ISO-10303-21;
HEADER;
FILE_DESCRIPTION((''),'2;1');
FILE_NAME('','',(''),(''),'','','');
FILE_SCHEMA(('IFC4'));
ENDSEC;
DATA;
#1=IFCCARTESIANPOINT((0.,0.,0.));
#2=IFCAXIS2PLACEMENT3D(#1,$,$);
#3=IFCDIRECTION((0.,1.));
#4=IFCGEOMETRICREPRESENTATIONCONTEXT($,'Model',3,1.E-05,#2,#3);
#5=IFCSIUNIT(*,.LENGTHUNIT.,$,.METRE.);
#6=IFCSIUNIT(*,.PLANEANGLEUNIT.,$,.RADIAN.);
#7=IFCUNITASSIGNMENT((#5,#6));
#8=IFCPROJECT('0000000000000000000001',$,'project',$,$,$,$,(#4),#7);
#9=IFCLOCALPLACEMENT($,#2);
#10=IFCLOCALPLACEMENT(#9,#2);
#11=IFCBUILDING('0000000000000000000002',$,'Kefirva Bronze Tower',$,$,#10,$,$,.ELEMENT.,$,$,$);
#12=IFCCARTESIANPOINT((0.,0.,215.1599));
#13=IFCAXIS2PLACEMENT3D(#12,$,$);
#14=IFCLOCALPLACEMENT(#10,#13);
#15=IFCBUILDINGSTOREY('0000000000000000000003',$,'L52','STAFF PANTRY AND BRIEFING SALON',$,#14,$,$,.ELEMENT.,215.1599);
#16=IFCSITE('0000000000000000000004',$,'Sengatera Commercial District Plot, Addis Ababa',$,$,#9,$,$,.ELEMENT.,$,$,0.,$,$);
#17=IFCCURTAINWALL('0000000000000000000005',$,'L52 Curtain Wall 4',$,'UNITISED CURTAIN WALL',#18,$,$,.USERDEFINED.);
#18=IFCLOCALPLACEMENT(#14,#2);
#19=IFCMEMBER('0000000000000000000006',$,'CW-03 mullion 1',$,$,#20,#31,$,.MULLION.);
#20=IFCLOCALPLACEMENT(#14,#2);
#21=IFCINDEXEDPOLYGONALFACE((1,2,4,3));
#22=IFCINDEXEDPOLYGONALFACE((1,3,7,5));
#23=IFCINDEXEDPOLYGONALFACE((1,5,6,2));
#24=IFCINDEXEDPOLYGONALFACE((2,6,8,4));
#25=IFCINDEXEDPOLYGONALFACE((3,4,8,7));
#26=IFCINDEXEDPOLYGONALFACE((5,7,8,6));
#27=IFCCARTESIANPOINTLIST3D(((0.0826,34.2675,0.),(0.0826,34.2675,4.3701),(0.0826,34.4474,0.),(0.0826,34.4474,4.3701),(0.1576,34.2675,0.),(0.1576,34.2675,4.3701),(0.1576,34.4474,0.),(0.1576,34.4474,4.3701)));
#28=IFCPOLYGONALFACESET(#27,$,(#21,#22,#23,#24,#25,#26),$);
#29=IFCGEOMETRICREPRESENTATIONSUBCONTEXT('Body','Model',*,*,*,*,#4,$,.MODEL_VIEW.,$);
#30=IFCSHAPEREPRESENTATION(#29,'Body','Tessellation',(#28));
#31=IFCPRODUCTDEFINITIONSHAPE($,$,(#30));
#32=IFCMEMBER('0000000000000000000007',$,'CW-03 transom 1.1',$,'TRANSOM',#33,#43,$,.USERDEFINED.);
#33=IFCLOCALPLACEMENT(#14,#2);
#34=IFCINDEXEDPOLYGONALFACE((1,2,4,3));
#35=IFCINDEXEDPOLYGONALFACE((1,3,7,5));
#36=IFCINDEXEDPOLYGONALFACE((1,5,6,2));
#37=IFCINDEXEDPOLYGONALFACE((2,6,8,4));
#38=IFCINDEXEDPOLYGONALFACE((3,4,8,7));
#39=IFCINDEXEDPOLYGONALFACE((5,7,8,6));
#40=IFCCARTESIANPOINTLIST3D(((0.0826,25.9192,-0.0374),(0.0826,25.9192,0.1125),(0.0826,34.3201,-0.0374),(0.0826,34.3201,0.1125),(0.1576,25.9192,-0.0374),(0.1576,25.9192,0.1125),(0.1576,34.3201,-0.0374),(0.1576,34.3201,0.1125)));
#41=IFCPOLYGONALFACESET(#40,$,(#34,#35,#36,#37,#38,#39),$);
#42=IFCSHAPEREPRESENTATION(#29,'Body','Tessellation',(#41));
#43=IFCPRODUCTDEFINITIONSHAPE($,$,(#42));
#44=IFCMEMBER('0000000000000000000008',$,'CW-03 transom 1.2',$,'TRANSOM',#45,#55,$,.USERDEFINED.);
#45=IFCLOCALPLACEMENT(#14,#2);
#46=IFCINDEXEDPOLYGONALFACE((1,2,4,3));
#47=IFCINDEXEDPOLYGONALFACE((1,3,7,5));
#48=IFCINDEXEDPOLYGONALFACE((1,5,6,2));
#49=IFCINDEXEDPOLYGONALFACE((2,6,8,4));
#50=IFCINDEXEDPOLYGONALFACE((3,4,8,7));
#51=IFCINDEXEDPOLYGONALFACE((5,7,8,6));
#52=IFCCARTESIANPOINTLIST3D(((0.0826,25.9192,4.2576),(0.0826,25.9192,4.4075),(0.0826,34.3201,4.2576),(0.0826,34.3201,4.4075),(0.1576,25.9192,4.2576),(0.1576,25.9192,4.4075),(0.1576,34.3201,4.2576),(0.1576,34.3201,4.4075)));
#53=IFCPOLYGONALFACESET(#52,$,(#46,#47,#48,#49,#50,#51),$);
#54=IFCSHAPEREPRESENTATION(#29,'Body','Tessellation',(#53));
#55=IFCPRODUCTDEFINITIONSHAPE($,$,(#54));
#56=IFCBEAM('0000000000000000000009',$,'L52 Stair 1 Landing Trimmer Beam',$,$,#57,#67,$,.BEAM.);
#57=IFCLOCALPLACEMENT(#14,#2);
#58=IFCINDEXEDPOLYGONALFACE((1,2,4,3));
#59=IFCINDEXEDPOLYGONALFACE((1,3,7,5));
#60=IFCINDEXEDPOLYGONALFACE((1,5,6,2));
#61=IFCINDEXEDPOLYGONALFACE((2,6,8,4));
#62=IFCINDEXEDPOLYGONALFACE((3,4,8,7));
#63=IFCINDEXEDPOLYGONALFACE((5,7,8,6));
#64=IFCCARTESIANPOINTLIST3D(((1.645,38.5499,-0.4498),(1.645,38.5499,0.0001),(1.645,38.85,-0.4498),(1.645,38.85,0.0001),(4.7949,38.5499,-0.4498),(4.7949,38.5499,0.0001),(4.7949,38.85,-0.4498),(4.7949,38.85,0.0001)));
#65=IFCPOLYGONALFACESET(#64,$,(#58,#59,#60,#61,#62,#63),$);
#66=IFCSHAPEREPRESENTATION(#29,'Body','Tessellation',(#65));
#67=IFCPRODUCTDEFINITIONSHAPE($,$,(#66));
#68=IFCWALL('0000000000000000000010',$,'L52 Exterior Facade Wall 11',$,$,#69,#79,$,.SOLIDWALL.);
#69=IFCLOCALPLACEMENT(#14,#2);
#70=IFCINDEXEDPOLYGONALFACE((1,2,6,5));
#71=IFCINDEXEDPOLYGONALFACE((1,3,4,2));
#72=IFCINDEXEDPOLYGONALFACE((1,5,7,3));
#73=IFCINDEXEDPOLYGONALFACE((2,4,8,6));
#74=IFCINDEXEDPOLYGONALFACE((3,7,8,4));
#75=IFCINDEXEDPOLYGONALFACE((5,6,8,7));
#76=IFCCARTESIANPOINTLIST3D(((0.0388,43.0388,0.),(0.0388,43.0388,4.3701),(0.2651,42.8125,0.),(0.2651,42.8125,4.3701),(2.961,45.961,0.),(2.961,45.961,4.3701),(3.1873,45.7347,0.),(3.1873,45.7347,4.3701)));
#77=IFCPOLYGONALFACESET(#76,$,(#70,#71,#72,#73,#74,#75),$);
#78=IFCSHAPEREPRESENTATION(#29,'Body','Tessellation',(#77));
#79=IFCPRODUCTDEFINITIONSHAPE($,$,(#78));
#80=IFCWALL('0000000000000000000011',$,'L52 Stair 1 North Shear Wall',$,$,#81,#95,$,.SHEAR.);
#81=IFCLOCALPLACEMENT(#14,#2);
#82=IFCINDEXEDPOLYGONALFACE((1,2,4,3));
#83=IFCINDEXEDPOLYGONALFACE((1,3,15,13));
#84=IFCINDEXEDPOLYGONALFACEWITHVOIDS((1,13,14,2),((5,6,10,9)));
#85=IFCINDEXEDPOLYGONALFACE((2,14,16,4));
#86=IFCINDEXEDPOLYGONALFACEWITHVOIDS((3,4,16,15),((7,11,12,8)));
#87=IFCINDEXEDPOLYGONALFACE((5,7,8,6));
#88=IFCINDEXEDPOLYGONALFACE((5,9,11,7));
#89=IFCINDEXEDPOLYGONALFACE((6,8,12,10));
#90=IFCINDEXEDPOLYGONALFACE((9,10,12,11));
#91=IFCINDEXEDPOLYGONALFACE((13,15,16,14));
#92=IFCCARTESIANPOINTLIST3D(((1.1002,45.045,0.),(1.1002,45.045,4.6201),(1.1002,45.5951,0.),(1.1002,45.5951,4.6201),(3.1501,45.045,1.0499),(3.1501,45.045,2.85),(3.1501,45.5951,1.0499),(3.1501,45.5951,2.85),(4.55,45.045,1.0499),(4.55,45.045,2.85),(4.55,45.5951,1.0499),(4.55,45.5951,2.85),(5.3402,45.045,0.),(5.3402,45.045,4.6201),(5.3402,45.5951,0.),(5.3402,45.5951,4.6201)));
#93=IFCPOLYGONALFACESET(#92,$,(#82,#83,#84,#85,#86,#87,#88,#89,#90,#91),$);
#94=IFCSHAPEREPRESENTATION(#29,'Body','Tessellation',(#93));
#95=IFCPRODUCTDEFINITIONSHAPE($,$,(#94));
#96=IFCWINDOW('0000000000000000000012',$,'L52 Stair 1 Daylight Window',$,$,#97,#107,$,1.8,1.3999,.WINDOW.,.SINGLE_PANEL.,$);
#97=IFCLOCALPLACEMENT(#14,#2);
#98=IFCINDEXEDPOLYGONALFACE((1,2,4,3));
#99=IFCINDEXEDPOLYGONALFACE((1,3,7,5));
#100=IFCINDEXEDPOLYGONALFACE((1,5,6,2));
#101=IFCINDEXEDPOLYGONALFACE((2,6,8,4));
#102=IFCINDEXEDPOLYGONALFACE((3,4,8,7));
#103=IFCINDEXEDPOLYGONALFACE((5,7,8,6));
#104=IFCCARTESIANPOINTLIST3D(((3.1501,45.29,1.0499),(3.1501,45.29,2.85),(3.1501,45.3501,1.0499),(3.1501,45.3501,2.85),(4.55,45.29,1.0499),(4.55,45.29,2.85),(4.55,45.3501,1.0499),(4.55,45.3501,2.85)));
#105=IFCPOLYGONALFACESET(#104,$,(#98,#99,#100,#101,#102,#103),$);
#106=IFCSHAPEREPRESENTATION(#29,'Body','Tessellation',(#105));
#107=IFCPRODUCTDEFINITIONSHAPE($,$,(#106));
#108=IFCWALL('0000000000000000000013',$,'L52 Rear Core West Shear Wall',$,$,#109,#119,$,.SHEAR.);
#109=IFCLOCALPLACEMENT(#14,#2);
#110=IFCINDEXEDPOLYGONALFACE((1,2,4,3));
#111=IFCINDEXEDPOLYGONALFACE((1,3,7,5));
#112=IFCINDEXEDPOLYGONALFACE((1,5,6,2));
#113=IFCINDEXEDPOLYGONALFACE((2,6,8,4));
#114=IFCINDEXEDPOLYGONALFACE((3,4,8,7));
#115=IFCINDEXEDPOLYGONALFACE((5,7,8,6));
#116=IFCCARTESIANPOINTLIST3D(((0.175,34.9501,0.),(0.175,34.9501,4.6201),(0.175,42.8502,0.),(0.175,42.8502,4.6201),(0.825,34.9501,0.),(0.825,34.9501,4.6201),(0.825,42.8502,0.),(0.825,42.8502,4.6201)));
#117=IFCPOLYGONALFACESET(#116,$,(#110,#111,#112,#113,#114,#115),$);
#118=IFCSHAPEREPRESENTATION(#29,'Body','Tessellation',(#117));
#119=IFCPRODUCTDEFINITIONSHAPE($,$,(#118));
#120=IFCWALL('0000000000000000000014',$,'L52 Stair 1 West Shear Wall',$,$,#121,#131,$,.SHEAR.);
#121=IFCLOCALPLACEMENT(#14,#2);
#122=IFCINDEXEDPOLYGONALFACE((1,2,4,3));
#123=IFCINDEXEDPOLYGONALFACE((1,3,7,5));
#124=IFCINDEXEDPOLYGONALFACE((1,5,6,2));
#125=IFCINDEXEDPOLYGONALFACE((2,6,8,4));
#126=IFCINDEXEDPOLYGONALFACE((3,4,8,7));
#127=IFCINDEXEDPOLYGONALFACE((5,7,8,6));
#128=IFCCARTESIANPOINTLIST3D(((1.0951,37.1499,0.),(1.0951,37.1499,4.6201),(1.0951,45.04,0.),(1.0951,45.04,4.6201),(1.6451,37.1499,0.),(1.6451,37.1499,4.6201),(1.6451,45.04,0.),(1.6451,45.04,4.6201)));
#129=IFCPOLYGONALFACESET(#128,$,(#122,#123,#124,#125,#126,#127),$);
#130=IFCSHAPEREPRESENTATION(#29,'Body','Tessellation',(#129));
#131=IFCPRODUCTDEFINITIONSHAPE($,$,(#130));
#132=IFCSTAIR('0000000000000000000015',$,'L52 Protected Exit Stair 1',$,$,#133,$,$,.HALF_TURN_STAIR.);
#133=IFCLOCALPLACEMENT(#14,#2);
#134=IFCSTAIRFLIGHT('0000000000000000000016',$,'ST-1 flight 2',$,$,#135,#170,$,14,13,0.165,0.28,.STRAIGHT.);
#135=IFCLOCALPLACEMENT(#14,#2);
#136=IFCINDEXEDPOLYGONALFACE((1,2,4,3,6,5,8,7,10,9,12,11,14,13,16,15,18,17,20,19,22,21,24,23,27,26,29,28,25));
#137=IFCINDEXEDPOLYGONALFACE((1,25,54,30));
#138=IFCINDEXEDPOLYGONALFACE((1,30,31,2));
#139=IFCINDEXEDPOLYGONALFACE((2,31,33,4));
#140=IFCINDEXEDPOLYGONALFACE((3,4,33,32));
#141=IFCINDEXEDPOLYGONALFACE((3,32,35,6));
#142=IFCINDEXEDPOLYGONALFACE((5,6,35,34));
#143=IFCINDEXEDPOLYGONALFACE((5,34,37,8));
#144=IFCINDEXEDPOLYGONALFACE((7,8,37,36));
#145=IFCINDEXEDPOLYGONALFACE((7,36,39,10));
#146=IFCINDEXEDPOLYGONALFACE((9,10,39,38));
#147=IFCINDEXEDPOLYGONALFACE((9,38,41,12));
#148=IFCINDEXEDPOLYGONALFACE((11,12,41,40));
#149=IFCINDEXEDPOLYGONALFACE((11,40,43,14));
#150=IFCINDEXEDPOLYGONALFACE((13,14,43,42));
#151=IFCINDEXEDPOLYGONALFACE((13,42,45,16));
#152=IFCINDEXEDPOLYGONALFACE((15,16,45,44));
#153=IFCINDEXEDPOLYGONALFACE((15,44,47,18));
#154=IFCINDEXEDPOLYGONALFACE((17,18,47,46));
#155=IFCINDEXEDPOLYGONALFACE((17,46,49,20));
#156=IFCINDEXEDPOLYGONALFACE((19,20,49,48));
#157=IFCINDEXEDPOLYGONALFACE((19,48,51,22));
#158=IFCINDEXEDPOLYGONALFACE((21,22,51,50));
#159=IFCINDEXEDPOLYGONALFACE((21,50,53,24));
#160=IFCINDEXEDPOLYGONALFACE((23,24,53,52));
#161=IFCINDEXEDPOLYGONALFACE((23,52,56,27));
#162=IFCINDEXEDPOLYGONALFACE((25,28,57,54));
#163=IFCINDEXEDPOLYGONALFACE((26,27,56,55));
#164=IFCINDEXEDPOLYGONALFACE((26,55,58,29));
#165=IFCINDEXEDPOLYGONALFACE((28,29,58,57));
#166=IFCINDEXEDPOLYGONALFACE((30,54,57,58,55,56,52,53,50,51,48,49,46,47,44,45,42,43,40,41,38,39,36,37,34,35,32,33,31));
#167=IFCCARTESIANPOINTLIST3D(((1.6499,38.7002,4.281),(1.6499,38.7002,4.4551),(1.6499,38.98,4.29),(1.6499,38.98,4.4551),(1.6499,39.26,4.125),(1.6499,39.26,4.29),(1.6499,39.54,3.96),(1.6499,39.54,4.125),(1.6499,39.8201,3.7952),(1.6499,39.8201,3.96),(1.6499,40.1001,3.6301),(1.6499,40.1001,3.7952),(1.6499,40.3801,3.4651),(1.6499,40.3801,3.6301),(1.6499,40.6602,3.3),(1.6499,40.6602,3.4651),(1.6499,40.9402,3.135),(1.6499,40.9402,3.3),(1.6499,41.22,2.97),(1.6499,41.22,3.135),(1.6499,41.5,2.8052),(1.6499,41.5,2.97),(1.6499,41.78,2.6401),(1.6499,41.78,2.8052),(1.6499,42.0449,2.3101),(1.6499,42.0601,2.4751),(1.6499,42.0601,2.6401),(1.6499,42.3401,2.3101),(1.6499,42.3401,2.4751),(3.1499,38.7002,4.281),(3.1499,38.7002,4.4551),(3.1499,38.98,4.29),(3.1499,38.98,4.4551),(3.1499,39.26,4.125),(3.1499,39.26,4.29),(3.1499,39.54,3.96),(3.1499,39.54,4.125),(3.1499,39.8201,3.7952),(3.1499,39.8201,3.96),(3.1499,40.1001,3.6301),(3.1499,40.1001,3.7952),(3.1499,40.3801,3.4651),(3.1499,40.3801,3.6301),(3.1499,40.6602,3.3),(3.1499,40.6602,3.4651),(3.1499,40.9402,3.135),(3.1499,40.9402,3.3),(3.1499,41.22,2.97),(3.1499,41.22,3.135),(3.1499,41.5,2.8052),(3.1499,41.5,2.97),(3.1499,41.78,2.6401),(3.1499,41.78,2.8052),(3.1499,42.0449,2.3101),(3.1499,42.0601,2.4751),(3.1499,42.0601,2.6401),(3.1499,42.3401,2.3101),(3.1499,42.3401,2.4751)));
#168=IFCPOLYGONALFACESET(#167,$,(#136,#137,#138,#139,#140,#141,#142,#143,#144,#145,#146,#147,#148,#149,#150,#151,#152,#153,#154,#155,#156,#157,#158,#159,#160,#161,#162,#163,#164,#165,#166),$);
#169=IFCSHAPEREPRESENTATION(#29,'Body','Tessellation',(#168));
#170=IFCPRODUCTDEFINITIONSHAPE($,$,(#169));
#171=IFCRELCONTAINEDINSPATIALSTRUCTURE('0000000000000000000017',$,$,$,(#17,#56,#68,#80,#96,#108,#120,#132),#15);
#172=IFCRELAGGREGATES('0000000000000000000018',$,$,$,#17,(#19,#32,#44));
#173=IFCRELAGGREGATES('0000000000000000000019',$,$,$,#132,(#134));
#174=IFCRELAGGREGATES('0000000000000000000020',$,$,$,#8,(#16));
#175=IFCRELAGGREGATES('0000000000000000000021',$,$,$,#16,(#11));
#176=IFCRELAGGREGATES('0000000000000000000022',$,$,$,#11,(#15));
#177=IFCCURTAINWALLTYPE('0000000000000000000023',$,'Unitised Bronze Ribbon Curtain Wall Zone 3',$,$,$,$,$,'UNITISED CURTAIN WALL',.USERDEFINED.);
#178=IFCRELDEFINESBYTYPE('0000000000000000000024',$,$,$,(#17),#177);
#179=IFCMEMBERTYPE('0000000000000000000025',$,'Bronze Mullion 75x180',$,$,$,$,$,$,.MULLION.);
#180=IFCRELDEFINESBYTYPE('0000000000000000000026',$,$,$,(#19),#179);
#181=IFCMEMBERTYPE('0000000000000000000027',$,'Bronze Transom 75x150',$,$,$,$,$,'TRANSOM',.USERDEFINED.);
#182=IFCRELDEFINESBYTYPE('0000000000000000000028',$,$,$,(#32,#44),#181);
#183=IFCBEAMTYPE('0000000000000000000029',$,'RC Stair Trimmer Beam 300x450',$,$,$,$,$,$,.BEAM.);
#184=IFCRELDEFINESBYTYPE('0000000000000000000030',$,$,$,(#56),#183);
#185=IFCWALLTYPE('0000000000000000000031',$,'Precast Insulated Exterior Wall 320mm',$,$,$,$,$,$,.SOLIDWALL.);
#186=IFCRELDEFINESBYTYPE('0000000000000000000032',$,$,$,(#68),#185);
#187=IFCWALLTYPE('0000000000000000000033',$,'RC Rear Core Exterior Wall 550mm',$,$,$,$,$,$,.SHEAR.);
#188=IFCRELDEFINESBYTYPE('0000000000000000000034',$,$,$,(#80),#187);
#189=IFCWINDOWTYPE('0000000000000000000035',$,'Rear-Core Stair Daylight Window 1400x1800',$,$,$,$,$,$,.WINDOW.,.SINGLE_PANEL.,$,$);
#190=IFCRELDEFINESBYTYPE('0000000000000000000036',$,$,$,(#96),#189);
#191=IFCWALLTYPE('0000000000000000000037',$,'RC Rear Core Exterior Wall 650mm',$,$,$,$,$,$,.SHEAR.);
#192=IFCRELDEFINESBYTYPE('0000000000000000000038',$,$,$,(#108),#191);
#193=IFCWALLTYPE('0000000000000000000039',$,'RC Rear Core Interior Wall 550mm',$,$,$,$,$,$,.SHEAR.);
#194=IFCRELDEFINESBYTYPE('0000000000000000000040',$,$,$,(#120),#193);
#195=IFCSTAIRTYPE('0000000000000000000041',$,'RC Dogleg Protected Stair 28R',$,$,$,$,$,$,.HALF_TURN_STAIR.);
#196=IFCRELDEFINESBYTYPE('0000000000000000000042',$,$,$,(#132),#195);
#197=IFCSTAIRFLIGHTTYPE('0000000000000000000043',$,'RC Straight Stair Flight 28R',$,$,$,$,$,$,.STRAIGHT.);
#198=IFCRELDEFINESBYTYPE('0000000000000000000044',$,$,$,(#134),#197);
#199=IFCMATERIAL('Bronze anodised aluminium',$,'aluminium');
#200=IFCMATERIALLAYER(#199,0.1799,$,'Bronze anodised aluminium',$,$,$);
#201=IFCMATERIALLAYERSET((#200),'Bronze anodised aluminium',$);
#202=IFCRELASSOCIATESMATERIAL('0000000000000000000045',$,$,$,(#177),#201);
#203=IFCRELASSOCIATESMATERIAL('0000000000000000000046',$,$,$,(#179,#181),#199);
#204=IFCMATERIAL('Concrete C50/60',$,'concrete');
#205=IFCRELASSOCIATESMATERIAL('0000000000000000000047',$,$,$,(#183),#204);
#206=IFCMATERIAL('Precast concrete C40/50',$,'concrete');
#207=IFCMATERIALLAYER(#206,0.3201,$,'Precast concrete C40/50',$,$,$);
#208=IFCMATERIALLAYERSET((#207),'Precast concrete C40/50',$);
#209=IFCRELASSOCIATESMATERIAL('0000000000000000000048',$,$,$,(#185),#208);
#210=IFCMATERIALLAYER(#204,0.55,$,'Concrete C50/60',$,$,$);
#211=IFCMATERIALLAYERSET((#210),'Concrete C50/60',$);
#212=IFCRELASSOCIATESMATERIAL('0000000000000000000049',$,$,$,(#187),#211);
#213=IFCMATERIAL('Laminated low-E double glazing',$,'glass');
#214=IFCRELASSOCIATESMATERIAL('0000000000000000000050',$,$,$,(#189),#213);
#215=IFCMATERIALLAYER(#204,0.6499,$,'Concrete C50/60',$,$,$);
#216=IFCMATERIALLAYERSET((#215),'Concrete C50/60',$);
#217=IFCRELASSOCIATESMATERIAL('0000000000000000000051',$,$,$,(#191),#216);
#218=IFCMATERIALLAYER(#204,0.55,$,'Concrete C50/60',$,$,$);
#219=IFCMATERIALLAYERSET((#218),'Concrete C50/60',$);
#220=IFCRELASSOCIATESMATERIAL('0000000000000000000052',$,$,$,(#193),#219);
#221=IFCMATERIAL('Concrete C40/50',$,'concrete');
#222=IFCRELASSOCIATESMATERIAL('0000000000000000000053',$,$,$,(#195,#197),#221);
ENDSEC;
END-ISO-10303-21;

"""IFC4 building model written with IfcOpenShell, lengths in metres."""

from ifc_helpers import new_model, si_unit, direction, frame, frame_2d, origin, origin_2d, place, context, subcontext, project, spatial, polyline, rectangle, outline, extrude, material, layer, layer_set, material_profile, profile_set, type_object, element, fill, aggregate, save


model = new_model("IFC4")

# Units and contexts
model_context = context("Model", 3, precision=1e-05, world=origin(), true_north=direction((0.0, 1.0)))
body_context = subcontext(model_context, "Body", "Model", "MODEL_VIEW")
ifc_project = project(units=[si_unit("LENGTHUNIT", "METRE"), si_unit("PLANEANGLEUNIT", "RADIAN")], contexts=[model_context])

# Site, building, storey
site_placement = place(None, origin())
site = spatial("IfcSite", under=ifc_project, at=site_placement, Name="Sengatera Commercial District Plot, Addis Ababa", CompositionType="ELEMENT", RefElevation=0.0)
building_placement = place(site_placement, origin())
building = spatial("IfcBuilding", under=site, at=building_placement, Name="Kefirva Bronze Tower", CompositionType="ELEMENT")
storey_placement = place(building_placement, frame((0.0, 0.0, 215.1599)))
storey = spatial("IfcBuildingStorey", under=building, at=storey_placement, Name="L52", Description="STAFF PANTRY AND BRIEFING SALON", CompositionType="ELEMENT", Elevation=215.1599)

# Curtain wall, members
ifc_material_1 = material(Name="Bronze anodised aluminium", Category="aluminium")
ifc_layer_1 = layer(ifc_material_1, 0.1799, Name="Bronze anodised aluminium")
ifc_layer_set_1 = layer_set([ifc_layer_1], Name="Bronze anodised aluminium")
curtain_wall_type = type_object("IfcCurtainWallType", Name="Unitised Bronze Ribbon Curtain Wall Zone 3", ElementType="UNITISED CURTAIN WALL", PredefinedType="USERDEFINED", material=ifc_layer_set_1)
curtain_wall_placement = place(storey_placement, origin())
curtain_wall = element("IfcCurtainWall", 1, at=curtain_wall_placement, inside=storey, type_object=curtain_wall_type, Name="L52 Curtain Wall 4", ObjectType="UNITISED CURTAIN WALL", PredefinedType="USERDEFINED")
ifc_material_profile_1 = material_profile(ifc_material_1, rectangle(XDim=0.075, YDim=0.1799, at=origin_2d()), Name="ALU 75x180")
ifc_profile_set_1 = profile_set([ifc_material_profile_1], Name="Bronze anodised aluminium")
member_type_1 = type_object("IfcMemberType", Name="Bronze Mullion 75x180", PredefinedType="MULLION", material=ifc_profile_set_1)
member_1_placement = place(storey_placement, frame((0.1201, 34.3574, 0.0), z_axis=(0.0, 0.0, 1.0), x_axis=(1.0, 0.0, 0.0)))
member_1 = element("IfcMember", 2, at=member_1_placement, type_object=member_type_1, Name="CW-03 mullion 1", PredefinedType="MULLION", context=body_context, shape_type="SweptSolid", body=[
    extrude(rectangle(XDim=0.075, YDim=0.1799, at=origin_2d()), origin(), (0.0, 0.0, 1.0), 4.3701),
])
ifc_material_profile_2 = material_profile(ifc_material_1, rectangle(XDim=0.075, YDim=0.1499, at=origin_2d()), Name="ALU 75x150")
ifc_profile_set_2 = profile_set([ifc_material_profile_2], Name="Bronze anodised aluminium")
member_type_2 = type_object("IfcMemberType", Name="Bronze Transom 75x150", ElementType="TRANSOM", PredefinedType="USERDEFINED", material=ifc_profile_set_2)
member_2_placement = place(storey_placement, frame((0.1201, 34.3201, 0.0376), z_axis=(0.0, -1.0, 0.0), x_axis=(1.0, 0.0, 0.0)))
member_2 = element("IfcMember", 3, at=member_2_placement, type_object=member_type_2, Name="CW-03 transom 1.1", ObjectType="TRANSOM", PredefinedType="USERDEFINED", context=body_context, shape_type="SweptSolid", body=[
    extrude(rectangle(XDim=0.075, YDim=0.1499, at=origin_2d()), origin(), (0.0, 0.0, 1.0), 8.4009),
])
member_3_placement = place(storey_placement, frame((0.1201, 34.3201, 4.3325), z_axis=(0.0, -1.0, 0.0), x_axis=(1.0, 0.0, 0.0)))
member_3 = element("IfcMember", 4, at=member_3_placement, type_object=member_type_2, Name="CW-03 transom 1.2", ObjectType="TRANSOM", PredefinedType="USERDEFINED", context=body_context, shape_type="SweptSolid", body=[
    extrude(rectangle(XDim=0.075, YDim=0.1499, at=origin_2d()), origin(), (0.0, 0.0, 1.0), 8.4009),
])
aggregate(curtain_wall, [member_1, member_2, member_3])

# Beam
ifc_material_2 = material(Name="Concrete C50/60", Category="concrete")
ifc_material_profile_3 = material_profile(ifc_material_2, rectangle(XDim=0.3, YDim=0.45, at=origin_2d()), Name="RC 300x450")
ifc_profile_set_3 = profile_set([ifc_material_profile_3], Name="Concrete C50/60")
beam_type = type_object("IfcBeamType", Name="RC Stair Trimmer Beam 300x450", PredefinedType="BEAM", material=ifc_profile_set_3)
beam_placement = place(storey_placement, frame((1.645, 38.7, -0.2249), z_axis=(1.0, 0.0, 0.0), x_axis=(0.0, 1.0, 0.0)))
element("IfcBeam", 5, at=beam_placement, inside=storey, type_object=beam_type, Name="L52 Stair 1 Landing Trimmer Beam", PredefinedType="BEAM", context=body_context, shape_type="SweptSolid", body=[
    extrude(rectangle(XDim=0.3, YDim=0.45, at=origin_2d()), origin(), (0.0, 0.0, 1.0), 3.1499),
])

# Wall
ifc_material_3 = material(Name="Precast concrete C40/50", Category="concrete")
ifc_layer_2 = layer(ifc_material_3, 0.3201, Name="Precast concrete C40/50")
ifc_layer_set_2 = layer_set([ifc_layer_2], Name="Precast concrete C40/50")
wall_type_1 = type_object("IfcWallType", Name="Precast Insulated Exterior Wall 320mm", PredefinedType="SOLIDWALL", material=ifc_layer_set_2)
wall_1_placement = place(storey_placement, frame((3.0742, 45.8479, 0.0), z_axis=(0.0, 0.0, 1.0), x_axis=(-0.707107, -0.707107, 0.0)))
element("IfcWall", 6, at=wall_1_placement, inside=storey, type_object=wall_type_1, Name="L52 Exterior Facade Wall 11", PredefinedType="SOLIDWALL", context=body_context, shape_type="SweptSolid", body=[
    extrude(rectangle(XDim=4.1326, YDim=0.3201, at=frame_2d((2.0664, 0.0))), origin(), (0.0, 0.0, 1.0), 4.3701),
])

# Wall, opening, window
ifc_layer_3 = layer(ifc_material_2, 0.55, Name="Concrete C50/60")
ifc_layer_set_3 = layer_set([ifc_layer_3], Name="Concrete C50/60")
wall_type_2 = type_object("IfcWallType", Name="RC Rear Core Exterior Wall 550mm", PredefinedType="SHEAR", material=ifc_layer_set_3)
wall_2_placement = place(storey_placement, frame((1.1001, 45.3201, 0.0), z_axis=(0.0, 0.0, 1.0), x_axis=(1.0, 0.0, 0.0)))
wall_2 = element("IfcWall", 7, at=wall_2_placement, inside=storey, type_object=wall_type_2, Name="L52 Stair 1 North Shear Wall", PredefinedType="SHEAR", context=body_context, shape_type="SweptSolid", body=[
    extrude(rectangle(XDim=4.24, YDim=0.55, at=frame_2d((2.1201, 0.0))), origin(), (0.0, 0.0, 1.0), 4.6201),
])
opening_1_placement = place(wall_2_placement, frame((2.05, 0.0, 1.05)))
opening_1 = element("IfcOpeningElement", 8, at=opening_1_placement, cuts=wall_2, PredefinedType="OPENING", context=body_context, shape_type="SweptSolid", body=[
    extrude(rectangle(XDim=1.3999, YDim=1.8, at=frame_2d((0.7, 0.8999))), frame((0.0, 0.2852, 0.0), z_axis=(0.0, -1.0, 0.0), x_axis=(1.0, 0.0, 0.0)), (0.0, 0.0, 1.0), 0.5701),
])
ifc_material_4 = material(Name="Laminated low-E double glazing", Category="glass")
window_type = type_object("IfcWindowType", Name="Rear-Core Stair Daylight Window 1400x1800", PartitioningType="SINGLE_PANEL", PredefinedType="WINDOW", material=ifc_material_4)
window_placement = place(opening_1_placement, origin())
window = element("IfcWindow", 9, at=window_placement, inside=storey, type_object=window_type, Name="L52 Stair 1 Daylight Window", OverallHeight=1.8, OverallWidth=1.3999, PartitioningType="SINGLE_PANEL", PredefinedType="WINDOW", context=body_context, shape_type="SweptSolid", body=[
    extrude(rectangle(XDim=1.3999, YDim=1.8, at=frame_2d((0.7, 0.8999))), frame((0.0, 0.03, 0.0), z_axis=(0.0, -1.0, 0.0), x_axis=(1.0, 0.0, 0.0)), (0.0, 0.0, 1.0), 0.0601),
])
fill(opening_1, window)

# Walls
ifc_layer_4 = layer(ifc_material_2, 0.6499, Name="Concrete C50/60")
ifc_layer_set_4 = layer_set([ifc_layer_4], Name="Concrete C50/60")
wall_type_3 = type_object("IfcWallType", Name="RC Rear Core Exterior Wall 650mm", PredefinedType="SHEAR", material=ifc_layer_set_4)
wall_3_placement = place(storey_placement, frame((0.5, 34.95, 0.0), z_axis=(0.0, 0.0, 1.0), x_axis=(0.0, 1.0, 0.0)))
element("IfcWall", 10, at=wall_3_placement, inside=storey, type_object=wall_type_3, Name="L52 Rear Core West Shear Wall", PredefinedType="SHEAR", context=body_context, shape_type="SweptSolid", body=[
    extrude(rectangle(XDim=7.9001, YDim=0.6499, at=frame_2d((3.9502, 0.0))), origin(), (0.0, 0.0, 1.0), 4.6201),
])
ifc_layer_5 = layer(ifc_material_2, 0.55, Name="Concrete C50/60")
ifc_layer_set_5 = layer_set([ifc_layer_5], Name="Concrete C50/60")
wall_type_4 = type_object("IfcWallType", Name="RC Rear Core Interior Wall 550mm", PredefinedType="SHEAR", material=ifc_layer_set_5)
wall_4_placement = place(storey_placement, frame((1.3701, 37.1499, 0.0), z_axis=(0.0, 0.0, 1.0), x_axis=(0.0, 1.0, 0.0)))
element("IfcWall", 11, at=wall_4_placement, inside=storey, type_object=wall_type_4, Name="L52 Stair 1 West Shear Wall", PredefinedType="SHEAR", context=body_context, shape_type="SweptSolid", body=[
    extrude(rectangle(XDim=7.8901, YDim=0.55, at=frame_2d((3.9451, 0.0))), origin(), (0.0, 0.0, 1.0), 4.6201),
])

# Stair, stair flight
ifc_material_5 = material(Name="Concrete C40/50", Category="concrete")
stair_type = type_object("IfcStairType", Name="RC Dogleg Protected Stair 28R", PredefinedType="HALF_TURN_STAIR", material=ifc_material_5)
stair_placement = place(storey_placement, origin())
stair = element("IfcStair", 12, at=stair_placement, inside=storey, type_object=stair_type, Name="L52 Protected Exit Stair 1", PredefinedType="HALF_TURN_STAIR")
stair_flight_type = type_object("IfcStairFlightType", Name="RC Straight Stair Flight 28R", PredefinedType="STRAIGHT", material=ifc_material_5)
stair_flight_placement = place(storey_placement, frame((2.3999, 42.3401, 2.3101), z_axis=(0.0, 0.0, 1.0), x_axis=(0.0, -1.0, 0.0)))
stair_flight = element("IfcStairFlight", 13, at=stair_flight_placement, type_object=stair_flight_type, Name="ST-1 flight 2", NumberOfRisers=14, NumberOfTreads=13, PredefinedType="STRAIGHT", RiserHeight=0.165, TreadLength=0.28, context=body_context, shape_type="SweptSolid", body=[
    extrude(outline(polyline([(0.0, 0.0), (0.0, 0.165), (0.28, 0.165), (0.28, 0.3301), (0.5601, 0.3301), (0.5601, 0.4951), (0.8401, 0.4951), (0.8401, 0.6599), (1.1201, 0.6599), (1.1201, 0.825), (1.3999, 0.825), (1.3999, 0.99), (1.6799, 0.99), (1.6799, 1.155), (1.96, 1.155), (1.96, 1.3201), (2.24, 1.3201), (2.24, 1.4851), (2.52, 1.4851), (2.52, 1.6499), (2.8, 1.6499), (2.8, 1.8149), (3.0801, 1.8149), (3.0801, 1.98), (3.3601, 1.98), (3.3601, 2.145), (3.6399, 2.145), (3.6399, 2.3101), (3.6399, 1.9709), (0.2952, 0.0), (0.0, 0.0)])), frame((0.0, 0.75, 0.0), z_axis=(0.0, -1.0, 0.0), x_axis=(1.0, 0.0, 0.0)), (0.0, 0.0, 1.0), 1.5),
])
aggregate(stair, [stair_flight])

save(model, "model.ifc")
